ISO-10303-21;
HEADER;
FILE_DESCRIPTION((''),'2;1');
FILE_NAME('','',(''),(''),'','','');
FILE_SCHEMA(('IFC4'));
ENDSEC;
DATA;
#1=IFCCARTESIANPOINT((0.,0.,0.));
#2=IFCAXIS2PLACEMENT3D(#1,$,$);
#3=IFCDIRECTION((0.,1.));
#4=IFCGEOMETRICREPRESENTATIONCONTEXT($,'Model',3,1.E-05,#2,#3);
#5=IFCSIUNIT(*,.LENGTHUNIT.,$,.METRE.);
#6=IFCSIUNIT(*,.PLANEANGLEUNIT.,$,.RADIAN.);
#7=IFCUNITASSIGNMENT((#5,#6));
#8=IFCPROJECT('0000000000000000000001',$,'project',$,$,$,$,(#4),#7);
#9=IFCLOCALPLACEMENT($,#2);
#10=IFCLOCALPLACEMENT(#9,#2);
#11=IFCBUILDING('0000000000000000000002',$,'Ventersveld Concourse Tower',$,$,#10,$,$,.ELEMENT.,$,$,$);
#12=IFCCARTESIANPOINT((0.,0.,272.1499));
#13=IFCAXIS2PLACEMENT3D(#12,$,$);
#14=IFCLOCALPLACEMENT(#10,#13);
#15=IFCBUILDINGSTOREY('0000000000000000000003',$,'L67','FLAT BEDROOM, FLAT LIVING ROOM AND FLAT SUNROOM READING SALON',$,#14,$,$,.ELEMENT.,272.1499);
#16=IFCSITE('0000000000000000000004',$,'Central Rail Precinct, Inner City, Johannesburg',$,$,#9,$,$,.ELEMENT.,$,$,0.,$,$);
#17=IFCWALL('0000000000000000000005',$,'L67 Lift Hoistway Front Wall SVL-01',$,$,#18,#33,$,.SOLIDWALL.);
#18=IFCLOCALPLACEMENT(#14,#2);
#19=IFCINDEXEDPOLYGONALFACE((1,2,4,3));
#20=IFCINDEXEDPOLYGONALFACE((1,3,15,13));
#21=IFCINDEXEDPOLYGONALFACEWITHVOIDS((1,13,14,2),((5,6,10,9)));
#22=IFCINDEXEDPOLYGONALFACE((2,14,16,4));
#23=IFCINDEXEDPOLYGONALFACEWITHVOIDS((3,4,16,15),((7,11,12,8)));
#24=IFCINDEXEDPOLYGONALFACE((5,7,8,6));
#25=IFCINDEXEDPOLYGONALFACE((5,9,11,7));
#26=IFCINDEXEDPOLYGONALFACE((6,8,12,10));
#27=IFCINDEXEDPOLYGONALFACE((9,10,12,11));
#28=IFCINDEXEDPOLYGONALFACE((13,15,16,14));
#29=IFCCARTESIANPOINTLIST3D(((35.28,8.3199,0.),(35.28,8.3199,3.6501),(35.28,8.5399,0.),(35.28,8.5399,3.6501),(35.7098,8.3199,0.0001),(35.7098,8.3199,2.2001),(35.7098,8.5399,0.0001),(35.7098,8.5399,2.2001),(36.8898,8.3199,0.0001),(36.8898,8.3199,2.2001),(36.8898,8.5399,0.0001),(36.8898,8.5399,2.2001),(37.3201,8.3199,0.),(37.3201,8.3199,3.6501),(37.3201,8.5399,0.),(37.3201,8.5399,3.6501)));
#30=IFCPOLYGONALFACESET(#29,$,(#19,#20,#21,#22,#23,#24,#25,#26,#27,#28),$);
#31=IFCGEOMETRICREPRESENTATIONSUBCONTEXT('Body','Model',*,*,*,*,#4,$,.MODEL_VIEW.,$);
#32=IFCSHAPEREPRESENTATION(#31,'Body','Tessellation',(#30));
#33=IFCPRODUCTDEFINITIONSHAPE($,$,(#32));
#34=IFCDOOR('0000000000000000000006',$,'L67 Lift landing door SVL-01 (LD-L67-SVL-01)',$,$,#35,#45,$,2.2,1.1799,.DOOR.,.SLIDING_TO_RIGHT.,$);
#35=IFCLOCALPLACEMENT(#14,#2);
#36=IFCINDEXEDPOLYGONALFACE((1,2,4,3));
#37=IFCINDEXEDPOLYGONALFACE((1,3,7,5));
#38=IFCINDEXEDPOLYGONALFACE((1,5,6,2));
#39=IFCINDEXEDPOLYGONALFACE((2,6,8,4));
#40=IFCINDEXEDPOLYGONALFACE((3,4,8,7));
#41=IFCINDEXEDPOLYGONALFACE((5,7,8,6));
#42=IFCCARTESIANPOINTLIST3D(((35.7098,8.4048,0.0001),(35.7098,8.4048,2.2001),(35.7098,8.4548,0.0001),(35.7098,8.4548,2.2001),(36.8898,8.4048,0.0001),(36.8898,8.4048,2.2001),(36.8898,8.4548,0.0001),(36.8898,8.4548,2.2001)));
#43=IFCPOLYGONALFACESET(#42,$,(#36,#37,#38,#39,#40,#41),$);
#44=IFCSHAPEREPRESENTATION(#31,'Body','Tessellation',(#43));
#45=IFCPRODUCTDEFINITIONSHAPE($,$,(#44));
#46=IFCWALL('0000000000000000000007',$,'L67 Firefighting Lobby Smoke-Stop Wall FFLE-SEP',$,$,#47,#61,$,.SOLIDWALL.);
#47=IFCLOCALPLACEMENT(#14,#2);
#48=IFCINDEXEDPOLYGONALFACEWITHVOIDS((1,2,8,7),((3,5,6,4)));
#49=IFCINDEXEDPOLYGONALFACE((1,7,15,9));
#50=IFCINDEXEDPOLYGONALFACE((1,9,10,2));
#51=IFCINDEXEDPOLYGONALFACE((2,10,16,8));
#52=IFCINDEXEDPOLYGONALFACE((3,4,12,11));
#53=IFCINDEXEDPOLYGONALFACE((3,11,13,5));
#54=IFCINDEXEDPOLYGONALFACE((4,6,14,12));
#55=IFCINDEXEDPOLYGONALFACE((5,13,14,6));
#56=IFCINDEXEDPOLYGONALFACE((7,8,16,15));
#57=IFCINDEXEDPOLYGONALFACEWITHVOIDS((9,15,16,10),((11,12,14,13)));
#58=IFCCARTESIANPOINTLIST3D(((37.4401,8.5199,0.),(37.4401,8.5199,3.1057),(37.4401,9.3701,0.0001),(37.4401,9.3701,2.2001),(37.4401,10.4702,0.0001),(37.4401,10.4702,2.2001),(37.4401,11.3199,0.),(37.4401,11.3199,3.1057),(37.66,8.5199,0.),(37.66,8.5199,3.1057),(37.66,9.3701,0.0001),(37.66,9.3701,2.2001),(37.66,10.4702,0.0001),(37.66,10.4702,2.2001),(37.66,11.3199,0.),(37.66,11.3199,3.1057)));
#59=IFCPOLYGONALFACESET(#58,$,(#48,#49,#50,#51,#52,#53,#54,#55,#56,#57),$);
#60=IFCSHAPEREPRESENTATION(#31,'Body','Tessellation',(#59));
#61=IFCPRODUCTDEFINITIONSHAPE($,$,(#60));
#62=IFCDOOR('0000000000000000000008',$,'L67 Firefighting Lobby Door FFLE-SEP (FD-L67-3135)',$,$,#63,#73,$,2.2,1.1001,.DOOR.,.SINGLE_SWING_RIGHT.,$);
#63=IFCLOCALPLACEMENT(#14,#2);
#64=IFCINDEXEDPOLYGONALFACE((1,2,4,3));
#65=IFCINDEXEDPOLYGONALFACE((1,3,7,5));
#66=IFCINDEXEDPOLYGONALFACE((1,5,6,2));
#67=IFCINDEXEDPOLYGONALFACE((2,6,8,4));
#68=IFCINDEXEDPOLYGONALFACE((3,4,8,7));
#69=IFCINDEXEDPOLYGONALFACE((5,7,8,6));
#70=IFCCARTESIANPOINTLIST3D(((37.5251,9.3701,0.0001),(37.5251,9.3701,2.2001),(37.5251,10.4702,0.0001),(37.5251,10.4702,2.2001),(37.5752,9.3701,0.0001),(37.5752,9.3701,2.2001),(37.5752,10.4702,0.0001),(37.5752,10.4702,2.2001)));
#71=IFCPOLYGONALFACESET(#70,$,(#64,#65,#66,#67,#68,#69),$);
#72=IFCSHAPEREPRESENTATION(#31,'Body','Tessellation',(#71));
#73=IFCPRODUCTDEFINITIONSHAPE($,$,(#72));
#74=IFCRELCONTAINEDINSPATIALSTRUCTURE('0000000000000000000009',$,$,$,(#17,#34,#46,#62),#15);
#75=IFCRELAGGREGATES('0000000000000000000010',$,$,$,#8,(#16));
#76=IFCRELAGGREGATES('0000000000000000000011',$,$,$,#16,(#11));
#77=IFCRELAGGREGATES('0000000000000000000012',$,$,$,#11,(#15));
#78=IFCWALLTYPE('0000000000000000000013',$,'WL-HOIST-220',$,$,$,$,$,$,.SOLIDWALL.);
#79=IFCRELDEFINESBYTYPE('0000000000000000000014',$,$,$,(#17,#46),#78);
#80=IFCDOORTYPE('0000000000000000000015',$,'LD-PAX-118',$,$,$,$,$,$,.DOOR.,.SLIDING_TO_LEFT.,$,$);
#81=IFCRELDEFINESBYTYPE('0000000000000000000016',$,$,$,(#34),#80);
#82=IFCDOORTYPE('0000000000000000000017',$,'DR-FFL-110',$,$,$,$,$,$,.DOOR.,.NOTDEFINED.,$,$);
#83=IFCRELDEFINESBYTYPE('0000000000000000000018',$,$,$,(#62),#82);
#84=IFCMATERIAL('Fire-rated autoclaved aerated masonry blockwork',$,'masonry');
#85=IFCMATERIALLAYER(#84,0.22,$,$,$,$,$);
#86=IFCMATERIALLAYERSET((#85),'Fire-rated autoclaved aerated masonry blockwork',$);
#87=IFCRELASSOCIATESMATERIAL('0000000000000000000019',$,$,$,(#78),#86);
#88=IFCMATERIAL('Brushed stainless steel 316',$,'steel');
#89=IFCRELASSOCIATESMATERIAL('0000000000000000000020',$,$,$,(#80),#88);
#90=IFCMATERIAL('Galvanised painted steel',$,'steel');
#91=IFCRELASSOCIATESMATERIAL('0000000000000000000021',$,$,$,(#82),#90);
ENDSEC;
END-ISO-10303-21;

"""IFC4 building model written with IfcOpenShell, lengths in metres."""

from ifc_helpers import new_model, si_unit, direction, frame, frame_2d, origin, place, context, subcontext, project, spatial, rectangle, extrude, material, layer, layer_set, type_object, element, fill, save


model = new_model("IFC4")

# Units and contexts
model_context = context("Model", 3, precision=1e-05, world=origin(), true_north=direction((0.0, 1.0)))
body_context = subcontext(model_context, "Body", "Model", "MODEL_VIEW")
ifc_project = project(units=[si_unit("LENGTHUNIT", "METRE"), si_unit("PLANEANGLEUNIT", "RADIAN")], contexts=[model_context])

# Site, building, storey
site_placement = place(None, origin())
site = spatial("IfcSite", under=ifc_project, at=site_placement, Name="Central Rail Precinct, Inner City, Johannesburg", CompositionType="ELEMENT", RefElevation=0.0)
building_placement = place(site_placement, origin())
building = spatial("IfcBuilding", under=site, at=building_placement, Name="Ventersveld Concourse Tower", CompositionType="ELEMENT")
storey_placement = place(building_placement, frame((0.0, 0.0, 272.1499)))
storey = spatial("IfcBuildingStorey", under=building, at=storey_placement, Name="L67", Description="FLAT BEDROOM, FLAT LIVING ROOM AND FLAT SUNROOM READING SALON", CompositionType="ELEMENT", Elevation=272.1499)

# Shared definitions
ifc_material_1 = material(Name="Fire-rated autoclaved aerated masonry blockwork", Category="masonry")
ifc_material_2 = material(Name="Galvanised painted steel", Category="steel")

# Shared definitions
ifc_layer_1 = layer(ifc_material_1, 0.22)
ifc_layer_set_1 = layer_set([ifc_layer_1], Name="Fire-rated autoclaved aerated masonry blockwork")
wall_type_1 = type_object("IfcWallType", Name="WL-HOIST-220", PredefinedType="SOLIDWALL", material=ifc_layer_set_1)

# Shared definitions
ifc_material_3 = material(Name="Brushed stainless steel 316", Category="steel")

# Walls, openings, doors
wall_1_placement = place(storey_placement, frame((35.28, 8.4299, 0.0), z_axis=(0.0, 0.0, 1.0), x_axis=(1.0, 0.0, 0.0)))
wall_1 = element("IfcWall", 1, at=wall_1_placement, inside=storey, type_object=wall_type_1, Name="L67 Lift Hoistway Front Wall SVL-01", PredefinedType="SOLIDWALL", context=body_context, shape_type="SweptSolid", body=[
    extrude(rectangle(XDim=2.04, YDim=0.22, at=frame_2d((1.02, 0.0))), origin(), (0.0, 0.0, 1.0), 3.6501),
])
opening_1_placement = place(wall_1_placement, frame((0.4299, 0.0, 0.0)))
opening_1 = element("IfcOpeningElement", 2, at=opening_1_placement, cuts=wall_1, PredefinedType="OPENING", context=body_context, shape_type="SweptSolid", body=[
    extrude(rectangle(XDim=1.1799, YDim=2.2, at=frame_2d((0.5898, 1.1001))), frame((0.0, 0.1201, 0.0), z_axis=(0.0, -1.0, 0.0), x_axis=(1.0, 0.0, 0.0)), (0.0, 0.0, 1.0), 0.24),
])
door_type_1 = type_object("IfcDoorType", Name="LD-PAX-118", OperationType="SLIDING_TO_LEFT", PredefinedType="DOOR", material=ifc_material_3)
door_1_placement = place(opening_1_placement, origin())
door_1 = element("IfcDoor", 3, at=door_1_placement, inside=storey, type_object=door_type_1, Name="L67 Lift landing door SVL-01 (LD-L67-SVL-01)", OperationType="SLIDING_TO_RIGHT", OverallHeight=2.2, OverallWidth=1.1799, PredefinedType="DOOR", context=body_context, shape_type="SweptSolid", body=[
    extrude(rectangle(XDim=1.1799, YDim=2.2, at=frame_2d((0.5898, 1.1001))), frame((0.0, 0.0249, 0.0), z_axis=(0.0, -1.0, 0.0), x_axis=(1.0, 0.0, 0.0)), (0.0, 0.0, 1.0), 0.05),
])
fill(opening_1, door_1)
wall_2_placement = place(storey_placement, frame((37.55, 8.52, 0.0), z_axis=(0.0, 0.0, 1.0), x_axis=(0.0, 1.0, 0.0)))
wall_2 = element("IfcWall", 4, at=wall_2_placement, inside=storey, type_object=wall_type_1, Name="L67 Firefighting Lobby Smoke-Stop Wall FFLE-SEP", PredefinedType="SOLIDWALL", context=body_context, shape_type="SweptSolid", body=[
    extrude(rectangle(XDim=2.8, YDim=0.22, at=frame_2d((1.3999, 0.0))), origin(), (0.0, 0.0, 1.0), 3.1057),
])
opening_2_placement = place(wall_2_placement, frame((0.8501, 0.0, 0.0)))
opening_2 = element("IfcOpeningElement", 5, at=opening_2_placement, cuts=wall_2, PredefinedType="OPENING", context=body_context, shape_type="SweptSolid", body=[
    extrude(rectangle(XDim=1.1001, YDim=2.2, at=frame_2d((0.55, 1.1001))), frame((0.0, 0.1201, 0.0), z_axis=(0.0, -1.0, 0.0), x_axis=(1.0, 0.0, 0.0)), (0.0, 0.0, 1.0), 0.24),
])
door_type_2 = type_object("IfcDoorType", Name="DR-FFL-110", OperationType="NOTDEFINED", PredefinedType="DOOR", material=ifc_material_2)
door_2_placement = place(opening_2_placement, origin())
door_2 = element("IfcDoor", 6, at=door_2_placement, inside=storey, type_object=door_type_2, Name="L67 Firefighting Lobby Door FFLE-SEP (FD-L67-3135)", OperationType="SINGLE_SWING_RIGHT", OverallHeight=2.2, OverallWidth=1.1001, PredefinedType="DOOR", context=body_context, shape_type="SweptSolid", body=[
    extrude(rectangle(XDim=1.1001, YDim=2.2, at=frame_2d((0.55, 1.1001))), frame((0.0, 0.0249, 0.0), z_axis=(0.0, -1.0, 0.0), x_axis=(1.0, 0.0, 0.0)), (0.0, 0.0, 1.0), 0.05),
])
fill(opening_2, door_2)

save(model, "model.ifc")
